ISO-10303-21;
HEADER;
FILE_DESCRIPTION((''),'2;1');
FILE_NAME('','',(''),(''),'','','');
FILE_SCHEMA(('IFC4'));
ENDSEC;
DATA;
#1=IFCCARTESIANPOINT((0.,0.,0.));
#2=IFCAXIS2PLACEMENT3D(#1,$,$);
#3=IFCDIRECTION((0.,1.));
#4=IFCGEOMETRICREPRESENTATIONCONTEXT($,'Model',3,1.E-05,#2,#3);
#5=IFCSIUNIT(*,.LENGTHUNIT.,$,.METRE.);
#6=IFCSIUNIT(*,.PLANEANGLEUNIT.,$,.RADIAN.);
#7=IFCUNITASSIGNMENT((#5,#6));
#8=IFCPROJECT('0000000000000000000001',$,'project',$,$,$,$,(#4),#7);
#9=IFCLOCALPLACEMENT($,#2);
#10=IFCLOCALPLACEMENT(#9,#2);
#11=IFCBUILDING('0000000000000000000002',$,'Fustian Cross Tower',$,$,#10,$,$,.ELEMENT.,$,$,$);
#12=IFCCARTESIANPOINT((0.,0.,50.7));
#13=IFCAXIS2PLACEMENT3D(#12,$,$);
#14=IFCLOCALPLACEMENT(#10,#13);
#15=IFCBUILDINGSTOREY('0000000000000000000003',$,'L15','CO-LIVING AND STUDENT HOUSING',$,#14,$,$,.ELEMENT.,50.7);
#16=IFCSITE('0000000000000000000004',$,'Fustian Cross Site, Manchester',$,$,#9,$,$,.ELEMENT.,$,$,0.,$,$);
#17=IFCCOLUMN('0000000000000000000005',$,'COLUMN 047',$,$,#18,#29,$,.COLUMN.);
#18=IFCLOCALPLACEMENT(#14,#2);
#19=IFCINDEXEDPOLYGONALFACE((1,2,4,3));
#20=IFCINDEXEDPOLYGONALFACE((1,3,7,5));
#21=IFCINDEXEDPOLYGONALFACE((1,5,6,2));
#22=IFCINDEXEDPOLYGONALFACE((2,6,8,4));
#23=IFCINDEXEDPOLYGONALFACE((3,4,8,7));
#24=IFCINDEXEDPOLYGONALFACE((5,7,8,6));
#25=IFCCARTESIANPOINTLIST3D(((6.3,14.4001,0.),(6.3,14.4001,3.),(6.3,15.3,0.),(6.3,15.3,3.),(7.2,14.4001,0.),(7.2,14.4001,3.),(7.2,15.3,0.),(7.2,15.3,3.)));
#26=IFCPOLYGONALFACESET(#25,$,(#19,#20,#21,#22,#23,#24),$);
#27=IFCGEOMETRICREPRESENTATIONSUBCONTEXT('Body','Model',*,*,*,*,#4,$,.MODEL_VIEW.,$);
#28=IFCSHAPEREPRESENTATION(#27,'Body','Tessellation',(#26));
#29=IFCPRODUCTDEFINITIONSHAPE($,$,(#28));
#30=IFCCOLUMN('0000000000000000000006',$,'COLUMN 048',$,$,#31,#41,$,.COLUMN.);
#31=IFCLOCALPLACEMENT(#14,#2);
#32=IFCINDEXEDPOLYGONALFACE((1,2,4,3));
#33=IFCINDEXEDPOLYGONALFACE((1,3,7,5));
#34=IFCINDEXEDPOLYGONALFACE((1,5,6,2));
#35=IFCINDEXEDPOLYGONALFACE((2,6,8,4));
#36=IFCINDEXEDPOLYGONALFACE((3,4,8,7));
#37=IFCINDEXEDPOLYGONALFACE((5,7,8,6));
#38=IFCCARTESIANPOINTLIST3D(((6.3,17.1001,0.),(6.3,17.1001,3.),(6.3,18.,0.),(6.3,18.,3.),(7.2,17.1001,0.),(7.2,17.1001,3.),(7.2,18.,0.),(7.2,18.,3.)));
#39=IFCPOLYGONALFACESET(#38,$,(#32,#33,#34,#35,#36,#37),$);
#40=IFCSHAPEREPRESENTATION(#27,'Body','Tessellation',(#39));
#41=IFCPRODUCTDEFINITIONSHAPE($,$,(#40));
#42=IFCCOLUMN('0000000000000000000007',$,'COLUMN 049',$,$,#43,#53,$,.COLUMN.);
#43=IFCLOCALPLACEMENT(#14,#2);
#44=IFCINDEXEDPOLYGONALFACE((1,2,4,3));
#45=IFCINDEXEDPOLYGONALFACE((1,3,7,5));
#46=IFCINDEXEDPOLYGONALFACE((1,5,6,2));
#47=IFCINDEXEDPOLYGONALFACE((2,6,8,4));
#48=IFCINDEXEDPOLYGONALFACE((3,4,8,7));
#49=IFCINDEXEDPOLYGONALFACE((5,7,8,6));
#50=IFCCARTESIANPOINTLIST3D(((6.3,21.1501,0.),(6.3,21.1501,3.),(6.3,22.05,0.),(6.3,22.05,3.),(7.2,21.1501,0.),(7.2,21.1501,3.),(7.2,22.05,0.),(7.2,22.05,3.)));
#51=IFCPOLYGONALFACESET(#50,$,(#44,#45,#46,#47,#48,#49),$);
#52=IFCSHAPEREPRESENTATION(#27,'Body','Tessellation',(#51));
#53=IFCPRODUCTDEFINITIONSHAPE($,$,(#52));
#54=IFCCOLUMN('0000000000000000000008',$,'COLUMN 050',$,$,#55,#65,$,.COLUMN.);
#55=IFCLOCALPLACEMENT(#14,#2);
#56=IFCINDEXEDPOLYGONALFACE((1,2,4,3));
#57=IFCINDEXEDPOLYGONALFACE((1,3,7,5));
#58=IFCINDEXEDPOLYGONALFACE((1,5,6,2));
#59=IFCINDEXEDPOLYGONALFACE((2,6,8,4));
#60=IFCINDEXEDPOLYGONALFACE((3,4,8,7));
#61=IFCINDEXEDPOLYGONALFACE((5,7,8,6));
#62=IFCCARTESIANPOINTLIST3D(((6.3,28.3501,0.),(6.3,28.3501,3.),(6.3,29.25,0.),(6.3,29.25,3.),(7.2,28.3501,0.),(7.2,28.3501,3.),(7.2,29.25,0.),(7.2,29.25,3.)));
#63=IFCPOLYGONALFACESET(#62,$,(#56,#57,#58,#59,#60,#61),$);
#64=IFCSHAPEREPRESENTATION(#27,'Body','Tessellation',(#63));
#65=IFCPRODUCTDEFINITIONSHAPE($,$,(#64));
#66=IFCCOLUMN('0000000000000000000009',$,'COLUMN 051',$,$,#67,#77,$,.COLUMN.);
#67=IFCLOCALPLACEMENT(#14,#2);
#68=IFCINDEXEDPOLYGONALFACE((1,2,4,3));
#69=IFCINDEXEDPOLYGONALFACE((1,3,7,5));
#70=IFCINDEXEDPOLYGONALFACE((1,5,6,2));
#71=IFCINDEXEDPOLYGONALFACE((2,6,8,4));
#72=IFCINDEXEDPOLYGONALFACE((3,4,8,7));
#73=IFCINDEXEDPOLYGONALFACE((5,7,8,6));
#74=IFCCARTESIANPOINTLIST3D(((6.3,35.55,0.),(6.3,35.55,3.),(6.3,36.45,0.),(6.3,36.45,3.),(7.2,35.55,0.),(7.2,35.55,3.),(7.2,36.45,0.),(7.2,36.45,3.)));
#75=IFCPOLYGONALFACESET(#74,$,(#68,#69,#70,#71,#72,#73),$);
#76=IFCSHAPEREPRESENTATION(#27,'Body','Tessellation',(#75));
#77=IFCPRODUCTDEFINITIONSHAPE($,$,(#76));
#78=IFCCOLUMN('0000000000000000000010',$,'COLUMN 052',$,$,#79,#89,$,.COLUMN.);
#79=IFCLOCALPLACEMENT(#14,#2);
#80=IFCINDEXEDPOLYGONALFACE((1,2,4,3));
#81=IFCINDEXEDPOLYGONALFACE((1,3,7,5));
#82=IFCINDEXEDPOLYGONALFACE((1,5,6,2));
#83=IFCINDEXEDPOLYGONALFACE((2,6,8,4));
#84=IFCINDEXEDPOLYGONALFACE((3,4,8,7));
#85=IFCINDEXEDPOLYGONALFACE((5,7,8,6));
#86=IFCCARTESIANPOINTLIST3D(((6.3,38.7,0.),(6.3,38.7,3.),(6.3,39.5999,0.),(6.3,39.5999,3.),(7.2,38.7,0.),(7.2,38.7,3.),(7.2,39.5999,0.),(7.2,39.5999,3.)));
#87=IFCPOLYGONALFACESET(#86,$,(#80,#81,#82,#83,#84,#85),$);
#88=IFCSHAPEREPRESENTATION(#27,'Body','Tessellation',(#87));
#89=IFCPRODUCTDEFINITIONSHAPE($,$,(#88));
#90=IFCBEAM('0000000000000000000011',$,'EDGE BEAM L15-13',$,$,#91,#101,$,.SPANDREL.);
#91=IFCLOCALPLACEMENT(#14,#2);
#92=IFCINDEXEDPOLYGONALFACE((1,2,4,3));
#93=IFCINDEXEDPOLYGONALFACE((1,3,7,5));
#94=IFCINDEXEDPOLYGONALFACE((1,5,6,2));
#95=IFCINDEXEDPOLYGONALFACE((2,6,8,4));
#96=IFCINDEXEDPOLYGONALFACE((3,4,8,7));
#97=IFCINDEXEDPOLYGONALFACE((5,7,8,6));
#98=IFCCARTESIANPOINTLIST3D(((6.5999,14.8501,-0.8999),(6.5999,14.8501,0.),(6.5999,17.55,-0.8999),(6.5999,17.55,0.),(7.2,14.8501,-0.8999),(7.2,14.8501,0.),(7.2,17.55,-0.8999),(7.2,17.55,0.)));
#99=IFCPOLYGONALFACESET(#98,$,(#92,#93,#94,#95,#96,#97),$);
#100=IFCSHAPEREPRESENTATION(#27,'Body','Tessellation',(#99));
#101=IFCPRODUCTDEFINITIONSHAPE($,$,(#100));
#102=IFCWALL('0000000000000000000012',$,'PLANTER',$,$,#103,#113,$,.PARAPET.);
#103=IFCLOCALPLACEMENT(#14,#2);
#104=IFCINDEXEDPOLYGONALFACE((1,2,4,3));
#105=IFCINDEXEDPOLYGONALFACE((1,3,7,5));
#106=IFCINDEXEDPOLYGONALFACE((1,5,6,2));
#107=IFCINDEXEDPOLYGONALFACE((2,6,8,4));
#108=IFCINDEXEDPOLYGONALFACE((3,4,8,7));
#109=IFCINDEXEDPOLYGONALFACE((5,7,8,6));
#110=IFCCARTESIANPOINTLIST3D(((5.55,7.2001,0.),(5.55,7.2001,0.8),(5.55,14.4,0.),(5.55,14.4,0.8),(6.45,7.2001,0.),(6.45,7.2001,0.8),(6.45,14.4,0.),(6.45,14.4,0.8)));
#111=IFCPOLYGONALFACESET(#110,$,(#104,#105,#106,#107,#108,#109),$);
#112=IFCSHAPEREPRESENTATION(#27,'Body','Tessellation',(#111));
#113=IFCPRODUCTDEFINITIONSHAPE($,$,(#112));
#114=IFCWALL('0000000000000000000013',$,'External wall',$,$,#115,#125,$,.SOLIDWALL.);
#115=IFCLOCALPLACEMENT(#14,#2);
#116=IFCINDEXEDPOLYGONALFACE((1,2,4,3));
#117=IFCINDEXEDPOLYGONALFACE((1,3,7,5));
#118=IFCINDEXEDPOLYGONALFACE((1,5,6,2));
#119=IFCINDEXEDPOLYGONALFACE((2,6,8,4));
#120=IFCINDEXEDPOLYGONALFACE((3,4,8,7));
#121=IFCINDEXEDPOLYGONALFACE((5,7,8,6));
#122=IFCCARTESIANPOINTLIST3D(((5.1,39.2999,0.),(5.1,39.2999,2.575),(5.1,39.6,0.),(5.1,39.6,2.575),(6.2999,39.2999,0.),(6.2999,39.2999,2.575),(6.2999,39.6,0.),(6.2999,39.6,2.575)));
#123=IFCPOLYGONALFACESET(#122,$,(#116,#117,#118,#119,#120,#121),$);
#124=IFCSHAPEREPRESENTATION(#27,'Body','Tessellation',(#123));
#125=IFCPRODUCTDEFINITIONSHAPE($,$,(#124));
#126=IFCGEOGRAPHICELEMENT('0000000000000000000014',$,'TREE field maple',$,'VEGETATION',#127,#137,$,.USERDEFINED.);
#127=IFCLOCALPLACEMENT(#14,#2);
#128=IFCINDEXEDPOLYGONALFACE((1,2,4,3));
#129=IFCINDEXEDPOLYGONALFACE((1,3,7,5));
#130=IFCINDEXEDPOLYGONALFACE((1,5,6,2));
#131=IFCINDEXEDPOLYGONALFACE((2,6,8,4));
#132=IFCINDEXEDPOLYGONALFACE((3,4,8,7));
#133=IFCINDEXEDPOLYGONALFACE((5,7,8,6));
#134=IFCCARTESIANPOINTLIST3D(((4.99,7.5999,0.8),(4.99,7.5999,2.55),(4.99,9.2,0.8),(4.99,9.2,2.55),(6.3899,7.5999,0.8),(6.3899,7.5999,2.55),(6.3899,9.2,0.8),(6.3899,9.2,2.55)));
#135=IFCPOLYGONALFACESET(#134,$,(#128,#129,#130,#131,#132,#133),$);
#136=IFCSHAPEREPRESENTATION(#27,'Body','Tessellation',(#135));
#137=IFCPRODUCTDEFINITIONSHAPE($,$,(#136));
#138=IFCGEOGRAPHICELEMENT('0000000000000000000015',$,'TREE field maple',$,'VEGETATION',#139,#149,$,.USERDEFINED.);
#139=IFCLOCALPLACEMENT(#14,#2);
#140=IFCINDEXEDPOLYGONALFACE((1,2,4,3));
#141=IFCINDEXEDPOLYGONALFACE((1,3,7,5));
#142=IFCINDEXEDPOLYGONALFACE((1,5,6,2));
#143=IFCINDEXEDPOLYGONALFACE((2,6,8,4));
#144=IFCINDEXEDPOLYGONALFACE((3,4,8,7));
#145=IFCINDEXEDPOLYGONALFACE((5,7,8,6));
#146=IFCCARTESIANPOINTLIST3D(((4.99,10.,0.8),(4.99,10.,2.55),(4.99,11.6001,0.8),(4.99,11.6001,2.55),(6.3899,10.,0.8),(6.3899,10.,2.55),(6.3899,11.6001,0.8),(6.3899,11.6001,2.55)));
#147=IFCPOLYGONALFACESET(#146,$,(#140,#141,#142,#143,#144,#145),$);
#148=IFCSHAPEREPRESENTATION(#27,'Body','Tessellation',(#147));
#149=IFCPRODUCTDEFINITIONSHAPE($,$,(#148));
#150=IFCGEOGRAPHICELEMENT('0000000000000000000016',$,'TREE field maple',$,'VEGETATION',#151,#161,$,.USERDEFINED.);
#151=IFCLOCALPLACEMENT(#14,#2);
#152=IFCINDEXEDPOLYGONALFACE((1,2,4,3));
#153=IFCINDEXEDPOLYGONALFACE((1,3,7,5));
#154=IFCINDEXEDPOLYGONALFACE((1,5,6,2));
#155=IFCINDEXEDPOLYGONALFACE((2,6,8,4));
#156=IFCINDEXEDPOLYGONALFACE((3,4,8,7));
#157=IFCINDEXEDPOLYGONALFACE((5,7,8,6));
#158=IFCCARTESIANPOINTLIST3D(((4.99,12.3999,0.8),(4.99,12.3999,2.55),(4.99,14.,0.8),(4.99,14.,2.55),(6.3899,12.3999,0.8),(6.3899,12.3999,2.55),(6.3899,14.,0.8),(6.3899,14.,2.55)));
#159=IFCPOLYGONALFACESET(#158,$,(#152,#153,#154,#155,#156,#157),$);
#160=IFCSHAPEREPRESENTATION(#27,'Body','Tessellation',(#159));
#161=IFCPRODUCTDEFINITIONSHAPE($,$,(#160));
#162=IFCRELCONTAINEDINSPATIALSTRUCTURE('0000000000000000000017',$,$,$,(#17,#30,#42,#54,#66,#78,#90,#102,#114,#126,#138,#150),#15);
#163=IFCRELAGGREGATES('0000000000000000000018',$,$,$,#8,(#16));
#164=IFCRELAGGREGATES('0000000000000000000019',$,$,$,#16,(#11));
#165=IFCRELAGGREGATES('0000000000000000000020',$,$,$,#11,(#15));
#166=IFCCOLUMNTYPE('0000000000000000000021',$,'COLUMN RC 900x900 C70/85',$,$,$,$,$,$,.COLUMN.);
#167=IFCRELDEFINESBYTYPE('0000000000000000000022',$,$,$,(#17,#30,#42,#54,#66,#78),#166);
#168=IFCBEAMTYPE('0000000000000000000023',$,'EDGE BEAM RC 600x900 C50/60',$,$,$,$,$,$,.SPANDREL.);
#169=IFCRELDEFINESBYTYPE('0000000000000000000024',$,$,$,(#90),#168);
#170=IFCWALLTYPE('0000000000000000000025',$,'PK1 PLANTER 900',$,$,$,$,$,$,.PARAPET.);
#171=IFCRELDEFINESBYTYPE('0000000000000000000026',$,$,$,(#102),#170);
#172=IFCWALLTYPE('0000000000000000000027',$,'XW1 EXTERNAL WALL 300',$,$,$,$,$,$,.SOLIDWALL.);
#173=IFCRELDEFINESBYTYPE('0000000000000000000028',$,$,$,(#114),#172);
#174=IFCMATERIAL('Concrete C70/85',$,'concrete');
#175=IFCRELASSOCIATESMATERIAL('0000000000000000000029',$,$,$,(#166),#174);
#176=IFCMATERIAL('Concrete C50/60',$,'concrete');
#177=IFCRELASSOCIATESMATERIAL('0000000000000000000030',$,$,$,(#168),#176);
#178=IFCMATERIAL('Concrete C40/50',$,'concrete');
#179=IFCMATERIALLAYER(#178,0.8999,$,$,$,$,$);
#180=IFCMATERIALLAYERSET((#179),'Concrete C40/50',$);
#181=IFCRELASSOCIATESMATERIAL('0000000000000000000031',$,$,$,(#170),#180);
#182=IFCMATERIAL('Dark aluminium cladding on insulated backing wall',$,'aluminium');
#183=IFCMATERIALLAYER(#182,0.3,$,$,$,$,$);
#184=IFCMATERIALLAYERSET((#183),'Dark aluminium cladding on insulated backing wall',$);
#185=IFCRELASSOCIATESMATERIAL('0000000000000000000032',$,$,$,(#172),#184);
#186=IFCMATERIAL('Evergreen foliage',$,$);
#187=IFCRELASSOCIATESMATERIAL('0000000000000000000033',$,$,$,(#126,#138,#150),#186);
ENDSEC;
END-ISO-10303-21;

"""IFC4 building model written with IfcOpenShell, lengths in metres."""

from ifc_helpers import new_model, si_unit, direction, frame, frame_2d, origin, origin_2d, place, context, subcontext, project, spatial, rectangle, extrude, material, layer, layer_set, material_profile, profile_set, type_object, element, save


model = new_model("IFC4")

# Units and contexts
model_context = context("Model", 3, precision=1e-05, world=origin(), true_north=direction((0.0, 1.0)))
body_context = subcontext(model_context, "Body", "Model", "MODEL_VIEW")
ifc_project = project(units=[si_unit("LENGTHUNIT", "METRE"), si_unit("PLANEANGLEUNIT", "RADIAN")], contexts=[model_context])

# Site, building, storey
site_placement = place(None, origin())
site = spatial("IfcSite", under=ifc_project, at=site_placement, Name="Fustian Cross Site, Manchester", CompositionType="ELEMENT", RefElevation=0.0)
building_placement = place(site_placement, origin())
building = spatial("IfcBuilding", under=site, at=building_placement, Name="Fustian Cross Tower", CompositionType="ELEMENT")
storey_placement = place(building_placement, frame((0.0, 0.0, 50.7)))
storey = spatial("IfcBuildingStorey", under=building, at=storey_placement, Name="L15", Description="CO-LIVING AND STUDENT HOUSING", CompositionType="ELEMENT", Elevation=50.7)

# Columns
ifc_material_1 = material(Name="Concrete C70/85", Category="concrete")
ifc_material_profile_1 = material_profile(ifc_material_1, rectangle(XDim=0.8999, YDim=0.8999, at=origin_2d()), Name="RC 900x900")
ifc_profile_set_1 = profile_set([ifc_material_profile_1], Name="Concrete C70/85")
column_type = type_object("IfcColumnType", Name="COLUMN RC 900x900 C70/85", PredefinedType="COLUMN", material=ifc_profile_set_1)
for number, where, z_axis, x_axis, name in (
    (1, (6.75, 14.8501, 0.0), (0.0, 0.0, 1.0), (1.0, 0.0, 0.0), "COLUMN 047"),
    (2, (6.75, 17.55, 0.0), (0.0, 0.0, 1.0), (1.0, 0.0, 0.0), "COLUMN 048"),
    (3, (6.75, 21.6001, 0.0), (0.0, 0.0, 1.0), (1.0, 0.0, 0.0), "COLUMN 049"),
    (4, (6.75, 28.8, 0.0), (0.0, 0.0, 1.0), (1.0, 0.0, 0.0), "COLUMN 050"),
    (5, (6.75, 36.0, 0.0), (0.0, 0.0, 1.0), (1.0, 0.0, 0.0), "COLUMN 051"),
    (6, (6.75, 39.1499, 0.0), (0.0, 0.0, 1.0), (1.0, 0.0, 0.0), "COLUMN 052"),
):
    element("IfcColumn", number, at=place(storey_placement, frame(where, z_axis=z_axis, x_axis=x_axis)), inside=storey, type_object=column_type, Name=name, PredefinedType="COLUMN", context=body_context, shape_type="SweptSolid", body=[
        extrude(rectangle(XDim=0.8999, YDim=0.8999, at=origin_2d()), origin(), (0.0, 0.0, 1.0), 3.0),
    ])

# Beam
ifc_material_2 = material(Name="Concrete C50/60", Category="concrete")
ifc_material_profile_2 = material_profile(ifc_material_2, rectangle(XDim=0.6001, YDim=0.8999, at=origin_2d()), Name="RC 600x900")
ifc_profile_set_2 = profile_set([ifc_material_profile_2], Name="Concrete C50/60")
beam_type = type_object("IfcBeamType", Name="EDGE BEAM RC 600x900 C50/60", PredefinedType="SPANDREL", material=ifc_profile_set_2)
beam_placement = place(storey_placement, frame((6.8999, 14.8501, -0.45), z_axis=(0.0, 1.0, 0.0), x_axis=(-1.0, 0.0, 0.0)))
element("IfcBeam", 7, at=beam_placement, inside=storey, type_object=beam_type, Name="EDGE BEAM L15-13", PredefinedType="SPANDREL", context=body_context, shape_type="SweptSolid", body=[
    extrude(rectangle(XDim=0.6001, YDim=0.8999, at=origin_2d()), origin(), (0.0, 0.0, 1.0), 2.7),
])

# Walls
ifc_material_3 = material(Name="Concrete C40/50", Category="concrete")
ifc_layer_1 = layer(ifc_material_3, 0.8999)
ifc_layer_set_1 = layer_set([ifc_layer_1], Name="Concrete C40/50")
wall_type_1 = type_object("IfcWallType", Name="PK1 PLANTER 900", PredefinedType="PARAPET", material=ifc_layer_set_1)
wall_1_placement = place(storey_placement, frame((6.0, 7.2, 0.0), z_axis=(0.0, 0.0, 1.0), x_axis=(0.0, 1.0, 0.0)))
element("IfcWall", 8, at=wall_1_placement, inside=storey, type_object=wall_type_1, Name="PLANTER", PredefinedType="PARAPET", context=body_context, shape_type="SweptSolid", body=[
    extrude(rectangle(XDim=7.2, YDim=0.8999, at=frame_2d((3.6001, 0.0))), origin(), (0.0, 0.0, 1.0), 0.8),
])
ifc_material_4 = material(Name="Dark aluminium cladding on insulated backing wall", Category="aluminium")
ifc_layer_2 = layer(ifc_material_4, 0.3)
ifc_layer_set_2 = layer_set([ifc_layer_2], Name="Dark aluminium cladding on insulated backing wall")
wall_type_2 = type_object("IfcWallType", Name="XW1 EXTERNAL WALL 300", PredefinedType="SOLIDWALL", material=ifc_layer_set_2)
wall_2_placement = place(storey_placement, frame((6.3, 39.45, 0.0), z_axis=(0.0, 0.0, 1.0), x_axis=(-1.0, 0.0, 0.0)))
element("IfcWall", 9, at=wall_2_placement, inside=storey, type_object=wall_type_2, Name="External wall", PredefinedType="SOLIDWALL", context=body_context, shape_type="SweptSolid", body=[
    extrude(rectangle(XDim=1.2, YDim=0.3, at=frame_2d((0.6001, 0.0))), origin(), (0.0, 0.0, 1.0), 2.575),
])

# Geographic elements
ifc_material_5 = material(Name="Evergreen foliage")
for number, where, z_axis, x_axis, name in (
    (10, (5.6899, 8.3999, 0.8), (0.0, 0.0, 1.0), (1.0, 0.0, 0.0), "TREE field maple"),
    (11, (5.6899, 10.8, 0.8), (0.0, 0.0, 1.0), (1.0, 0.0, 0.0), "TREE field maple"),
    (12, (5.6899, 13.2, 0.8), (0.0, 0.0, 1.0), (1.0, 0.0, 0.0), "TREE field maple"),
):
    element("IfcGeographicElement", number, at=place(storey_placement, frame(where, z_axis=z_axis, x_axis=x_axis)), inside=storey, material=ifc_material_5, Name=name, ObjectType="VEGETATION", PredefinedType="USERDEFINED", context=body_context, shape_type="SweptSolid", body=[
        extrude(rectangle(XDim=1.3999, YDim=1.6001, at=origin_2d()), origin(), (0.0, 0.0, 1.0), 1.75),
    ])

save(model, "model.ifc")
